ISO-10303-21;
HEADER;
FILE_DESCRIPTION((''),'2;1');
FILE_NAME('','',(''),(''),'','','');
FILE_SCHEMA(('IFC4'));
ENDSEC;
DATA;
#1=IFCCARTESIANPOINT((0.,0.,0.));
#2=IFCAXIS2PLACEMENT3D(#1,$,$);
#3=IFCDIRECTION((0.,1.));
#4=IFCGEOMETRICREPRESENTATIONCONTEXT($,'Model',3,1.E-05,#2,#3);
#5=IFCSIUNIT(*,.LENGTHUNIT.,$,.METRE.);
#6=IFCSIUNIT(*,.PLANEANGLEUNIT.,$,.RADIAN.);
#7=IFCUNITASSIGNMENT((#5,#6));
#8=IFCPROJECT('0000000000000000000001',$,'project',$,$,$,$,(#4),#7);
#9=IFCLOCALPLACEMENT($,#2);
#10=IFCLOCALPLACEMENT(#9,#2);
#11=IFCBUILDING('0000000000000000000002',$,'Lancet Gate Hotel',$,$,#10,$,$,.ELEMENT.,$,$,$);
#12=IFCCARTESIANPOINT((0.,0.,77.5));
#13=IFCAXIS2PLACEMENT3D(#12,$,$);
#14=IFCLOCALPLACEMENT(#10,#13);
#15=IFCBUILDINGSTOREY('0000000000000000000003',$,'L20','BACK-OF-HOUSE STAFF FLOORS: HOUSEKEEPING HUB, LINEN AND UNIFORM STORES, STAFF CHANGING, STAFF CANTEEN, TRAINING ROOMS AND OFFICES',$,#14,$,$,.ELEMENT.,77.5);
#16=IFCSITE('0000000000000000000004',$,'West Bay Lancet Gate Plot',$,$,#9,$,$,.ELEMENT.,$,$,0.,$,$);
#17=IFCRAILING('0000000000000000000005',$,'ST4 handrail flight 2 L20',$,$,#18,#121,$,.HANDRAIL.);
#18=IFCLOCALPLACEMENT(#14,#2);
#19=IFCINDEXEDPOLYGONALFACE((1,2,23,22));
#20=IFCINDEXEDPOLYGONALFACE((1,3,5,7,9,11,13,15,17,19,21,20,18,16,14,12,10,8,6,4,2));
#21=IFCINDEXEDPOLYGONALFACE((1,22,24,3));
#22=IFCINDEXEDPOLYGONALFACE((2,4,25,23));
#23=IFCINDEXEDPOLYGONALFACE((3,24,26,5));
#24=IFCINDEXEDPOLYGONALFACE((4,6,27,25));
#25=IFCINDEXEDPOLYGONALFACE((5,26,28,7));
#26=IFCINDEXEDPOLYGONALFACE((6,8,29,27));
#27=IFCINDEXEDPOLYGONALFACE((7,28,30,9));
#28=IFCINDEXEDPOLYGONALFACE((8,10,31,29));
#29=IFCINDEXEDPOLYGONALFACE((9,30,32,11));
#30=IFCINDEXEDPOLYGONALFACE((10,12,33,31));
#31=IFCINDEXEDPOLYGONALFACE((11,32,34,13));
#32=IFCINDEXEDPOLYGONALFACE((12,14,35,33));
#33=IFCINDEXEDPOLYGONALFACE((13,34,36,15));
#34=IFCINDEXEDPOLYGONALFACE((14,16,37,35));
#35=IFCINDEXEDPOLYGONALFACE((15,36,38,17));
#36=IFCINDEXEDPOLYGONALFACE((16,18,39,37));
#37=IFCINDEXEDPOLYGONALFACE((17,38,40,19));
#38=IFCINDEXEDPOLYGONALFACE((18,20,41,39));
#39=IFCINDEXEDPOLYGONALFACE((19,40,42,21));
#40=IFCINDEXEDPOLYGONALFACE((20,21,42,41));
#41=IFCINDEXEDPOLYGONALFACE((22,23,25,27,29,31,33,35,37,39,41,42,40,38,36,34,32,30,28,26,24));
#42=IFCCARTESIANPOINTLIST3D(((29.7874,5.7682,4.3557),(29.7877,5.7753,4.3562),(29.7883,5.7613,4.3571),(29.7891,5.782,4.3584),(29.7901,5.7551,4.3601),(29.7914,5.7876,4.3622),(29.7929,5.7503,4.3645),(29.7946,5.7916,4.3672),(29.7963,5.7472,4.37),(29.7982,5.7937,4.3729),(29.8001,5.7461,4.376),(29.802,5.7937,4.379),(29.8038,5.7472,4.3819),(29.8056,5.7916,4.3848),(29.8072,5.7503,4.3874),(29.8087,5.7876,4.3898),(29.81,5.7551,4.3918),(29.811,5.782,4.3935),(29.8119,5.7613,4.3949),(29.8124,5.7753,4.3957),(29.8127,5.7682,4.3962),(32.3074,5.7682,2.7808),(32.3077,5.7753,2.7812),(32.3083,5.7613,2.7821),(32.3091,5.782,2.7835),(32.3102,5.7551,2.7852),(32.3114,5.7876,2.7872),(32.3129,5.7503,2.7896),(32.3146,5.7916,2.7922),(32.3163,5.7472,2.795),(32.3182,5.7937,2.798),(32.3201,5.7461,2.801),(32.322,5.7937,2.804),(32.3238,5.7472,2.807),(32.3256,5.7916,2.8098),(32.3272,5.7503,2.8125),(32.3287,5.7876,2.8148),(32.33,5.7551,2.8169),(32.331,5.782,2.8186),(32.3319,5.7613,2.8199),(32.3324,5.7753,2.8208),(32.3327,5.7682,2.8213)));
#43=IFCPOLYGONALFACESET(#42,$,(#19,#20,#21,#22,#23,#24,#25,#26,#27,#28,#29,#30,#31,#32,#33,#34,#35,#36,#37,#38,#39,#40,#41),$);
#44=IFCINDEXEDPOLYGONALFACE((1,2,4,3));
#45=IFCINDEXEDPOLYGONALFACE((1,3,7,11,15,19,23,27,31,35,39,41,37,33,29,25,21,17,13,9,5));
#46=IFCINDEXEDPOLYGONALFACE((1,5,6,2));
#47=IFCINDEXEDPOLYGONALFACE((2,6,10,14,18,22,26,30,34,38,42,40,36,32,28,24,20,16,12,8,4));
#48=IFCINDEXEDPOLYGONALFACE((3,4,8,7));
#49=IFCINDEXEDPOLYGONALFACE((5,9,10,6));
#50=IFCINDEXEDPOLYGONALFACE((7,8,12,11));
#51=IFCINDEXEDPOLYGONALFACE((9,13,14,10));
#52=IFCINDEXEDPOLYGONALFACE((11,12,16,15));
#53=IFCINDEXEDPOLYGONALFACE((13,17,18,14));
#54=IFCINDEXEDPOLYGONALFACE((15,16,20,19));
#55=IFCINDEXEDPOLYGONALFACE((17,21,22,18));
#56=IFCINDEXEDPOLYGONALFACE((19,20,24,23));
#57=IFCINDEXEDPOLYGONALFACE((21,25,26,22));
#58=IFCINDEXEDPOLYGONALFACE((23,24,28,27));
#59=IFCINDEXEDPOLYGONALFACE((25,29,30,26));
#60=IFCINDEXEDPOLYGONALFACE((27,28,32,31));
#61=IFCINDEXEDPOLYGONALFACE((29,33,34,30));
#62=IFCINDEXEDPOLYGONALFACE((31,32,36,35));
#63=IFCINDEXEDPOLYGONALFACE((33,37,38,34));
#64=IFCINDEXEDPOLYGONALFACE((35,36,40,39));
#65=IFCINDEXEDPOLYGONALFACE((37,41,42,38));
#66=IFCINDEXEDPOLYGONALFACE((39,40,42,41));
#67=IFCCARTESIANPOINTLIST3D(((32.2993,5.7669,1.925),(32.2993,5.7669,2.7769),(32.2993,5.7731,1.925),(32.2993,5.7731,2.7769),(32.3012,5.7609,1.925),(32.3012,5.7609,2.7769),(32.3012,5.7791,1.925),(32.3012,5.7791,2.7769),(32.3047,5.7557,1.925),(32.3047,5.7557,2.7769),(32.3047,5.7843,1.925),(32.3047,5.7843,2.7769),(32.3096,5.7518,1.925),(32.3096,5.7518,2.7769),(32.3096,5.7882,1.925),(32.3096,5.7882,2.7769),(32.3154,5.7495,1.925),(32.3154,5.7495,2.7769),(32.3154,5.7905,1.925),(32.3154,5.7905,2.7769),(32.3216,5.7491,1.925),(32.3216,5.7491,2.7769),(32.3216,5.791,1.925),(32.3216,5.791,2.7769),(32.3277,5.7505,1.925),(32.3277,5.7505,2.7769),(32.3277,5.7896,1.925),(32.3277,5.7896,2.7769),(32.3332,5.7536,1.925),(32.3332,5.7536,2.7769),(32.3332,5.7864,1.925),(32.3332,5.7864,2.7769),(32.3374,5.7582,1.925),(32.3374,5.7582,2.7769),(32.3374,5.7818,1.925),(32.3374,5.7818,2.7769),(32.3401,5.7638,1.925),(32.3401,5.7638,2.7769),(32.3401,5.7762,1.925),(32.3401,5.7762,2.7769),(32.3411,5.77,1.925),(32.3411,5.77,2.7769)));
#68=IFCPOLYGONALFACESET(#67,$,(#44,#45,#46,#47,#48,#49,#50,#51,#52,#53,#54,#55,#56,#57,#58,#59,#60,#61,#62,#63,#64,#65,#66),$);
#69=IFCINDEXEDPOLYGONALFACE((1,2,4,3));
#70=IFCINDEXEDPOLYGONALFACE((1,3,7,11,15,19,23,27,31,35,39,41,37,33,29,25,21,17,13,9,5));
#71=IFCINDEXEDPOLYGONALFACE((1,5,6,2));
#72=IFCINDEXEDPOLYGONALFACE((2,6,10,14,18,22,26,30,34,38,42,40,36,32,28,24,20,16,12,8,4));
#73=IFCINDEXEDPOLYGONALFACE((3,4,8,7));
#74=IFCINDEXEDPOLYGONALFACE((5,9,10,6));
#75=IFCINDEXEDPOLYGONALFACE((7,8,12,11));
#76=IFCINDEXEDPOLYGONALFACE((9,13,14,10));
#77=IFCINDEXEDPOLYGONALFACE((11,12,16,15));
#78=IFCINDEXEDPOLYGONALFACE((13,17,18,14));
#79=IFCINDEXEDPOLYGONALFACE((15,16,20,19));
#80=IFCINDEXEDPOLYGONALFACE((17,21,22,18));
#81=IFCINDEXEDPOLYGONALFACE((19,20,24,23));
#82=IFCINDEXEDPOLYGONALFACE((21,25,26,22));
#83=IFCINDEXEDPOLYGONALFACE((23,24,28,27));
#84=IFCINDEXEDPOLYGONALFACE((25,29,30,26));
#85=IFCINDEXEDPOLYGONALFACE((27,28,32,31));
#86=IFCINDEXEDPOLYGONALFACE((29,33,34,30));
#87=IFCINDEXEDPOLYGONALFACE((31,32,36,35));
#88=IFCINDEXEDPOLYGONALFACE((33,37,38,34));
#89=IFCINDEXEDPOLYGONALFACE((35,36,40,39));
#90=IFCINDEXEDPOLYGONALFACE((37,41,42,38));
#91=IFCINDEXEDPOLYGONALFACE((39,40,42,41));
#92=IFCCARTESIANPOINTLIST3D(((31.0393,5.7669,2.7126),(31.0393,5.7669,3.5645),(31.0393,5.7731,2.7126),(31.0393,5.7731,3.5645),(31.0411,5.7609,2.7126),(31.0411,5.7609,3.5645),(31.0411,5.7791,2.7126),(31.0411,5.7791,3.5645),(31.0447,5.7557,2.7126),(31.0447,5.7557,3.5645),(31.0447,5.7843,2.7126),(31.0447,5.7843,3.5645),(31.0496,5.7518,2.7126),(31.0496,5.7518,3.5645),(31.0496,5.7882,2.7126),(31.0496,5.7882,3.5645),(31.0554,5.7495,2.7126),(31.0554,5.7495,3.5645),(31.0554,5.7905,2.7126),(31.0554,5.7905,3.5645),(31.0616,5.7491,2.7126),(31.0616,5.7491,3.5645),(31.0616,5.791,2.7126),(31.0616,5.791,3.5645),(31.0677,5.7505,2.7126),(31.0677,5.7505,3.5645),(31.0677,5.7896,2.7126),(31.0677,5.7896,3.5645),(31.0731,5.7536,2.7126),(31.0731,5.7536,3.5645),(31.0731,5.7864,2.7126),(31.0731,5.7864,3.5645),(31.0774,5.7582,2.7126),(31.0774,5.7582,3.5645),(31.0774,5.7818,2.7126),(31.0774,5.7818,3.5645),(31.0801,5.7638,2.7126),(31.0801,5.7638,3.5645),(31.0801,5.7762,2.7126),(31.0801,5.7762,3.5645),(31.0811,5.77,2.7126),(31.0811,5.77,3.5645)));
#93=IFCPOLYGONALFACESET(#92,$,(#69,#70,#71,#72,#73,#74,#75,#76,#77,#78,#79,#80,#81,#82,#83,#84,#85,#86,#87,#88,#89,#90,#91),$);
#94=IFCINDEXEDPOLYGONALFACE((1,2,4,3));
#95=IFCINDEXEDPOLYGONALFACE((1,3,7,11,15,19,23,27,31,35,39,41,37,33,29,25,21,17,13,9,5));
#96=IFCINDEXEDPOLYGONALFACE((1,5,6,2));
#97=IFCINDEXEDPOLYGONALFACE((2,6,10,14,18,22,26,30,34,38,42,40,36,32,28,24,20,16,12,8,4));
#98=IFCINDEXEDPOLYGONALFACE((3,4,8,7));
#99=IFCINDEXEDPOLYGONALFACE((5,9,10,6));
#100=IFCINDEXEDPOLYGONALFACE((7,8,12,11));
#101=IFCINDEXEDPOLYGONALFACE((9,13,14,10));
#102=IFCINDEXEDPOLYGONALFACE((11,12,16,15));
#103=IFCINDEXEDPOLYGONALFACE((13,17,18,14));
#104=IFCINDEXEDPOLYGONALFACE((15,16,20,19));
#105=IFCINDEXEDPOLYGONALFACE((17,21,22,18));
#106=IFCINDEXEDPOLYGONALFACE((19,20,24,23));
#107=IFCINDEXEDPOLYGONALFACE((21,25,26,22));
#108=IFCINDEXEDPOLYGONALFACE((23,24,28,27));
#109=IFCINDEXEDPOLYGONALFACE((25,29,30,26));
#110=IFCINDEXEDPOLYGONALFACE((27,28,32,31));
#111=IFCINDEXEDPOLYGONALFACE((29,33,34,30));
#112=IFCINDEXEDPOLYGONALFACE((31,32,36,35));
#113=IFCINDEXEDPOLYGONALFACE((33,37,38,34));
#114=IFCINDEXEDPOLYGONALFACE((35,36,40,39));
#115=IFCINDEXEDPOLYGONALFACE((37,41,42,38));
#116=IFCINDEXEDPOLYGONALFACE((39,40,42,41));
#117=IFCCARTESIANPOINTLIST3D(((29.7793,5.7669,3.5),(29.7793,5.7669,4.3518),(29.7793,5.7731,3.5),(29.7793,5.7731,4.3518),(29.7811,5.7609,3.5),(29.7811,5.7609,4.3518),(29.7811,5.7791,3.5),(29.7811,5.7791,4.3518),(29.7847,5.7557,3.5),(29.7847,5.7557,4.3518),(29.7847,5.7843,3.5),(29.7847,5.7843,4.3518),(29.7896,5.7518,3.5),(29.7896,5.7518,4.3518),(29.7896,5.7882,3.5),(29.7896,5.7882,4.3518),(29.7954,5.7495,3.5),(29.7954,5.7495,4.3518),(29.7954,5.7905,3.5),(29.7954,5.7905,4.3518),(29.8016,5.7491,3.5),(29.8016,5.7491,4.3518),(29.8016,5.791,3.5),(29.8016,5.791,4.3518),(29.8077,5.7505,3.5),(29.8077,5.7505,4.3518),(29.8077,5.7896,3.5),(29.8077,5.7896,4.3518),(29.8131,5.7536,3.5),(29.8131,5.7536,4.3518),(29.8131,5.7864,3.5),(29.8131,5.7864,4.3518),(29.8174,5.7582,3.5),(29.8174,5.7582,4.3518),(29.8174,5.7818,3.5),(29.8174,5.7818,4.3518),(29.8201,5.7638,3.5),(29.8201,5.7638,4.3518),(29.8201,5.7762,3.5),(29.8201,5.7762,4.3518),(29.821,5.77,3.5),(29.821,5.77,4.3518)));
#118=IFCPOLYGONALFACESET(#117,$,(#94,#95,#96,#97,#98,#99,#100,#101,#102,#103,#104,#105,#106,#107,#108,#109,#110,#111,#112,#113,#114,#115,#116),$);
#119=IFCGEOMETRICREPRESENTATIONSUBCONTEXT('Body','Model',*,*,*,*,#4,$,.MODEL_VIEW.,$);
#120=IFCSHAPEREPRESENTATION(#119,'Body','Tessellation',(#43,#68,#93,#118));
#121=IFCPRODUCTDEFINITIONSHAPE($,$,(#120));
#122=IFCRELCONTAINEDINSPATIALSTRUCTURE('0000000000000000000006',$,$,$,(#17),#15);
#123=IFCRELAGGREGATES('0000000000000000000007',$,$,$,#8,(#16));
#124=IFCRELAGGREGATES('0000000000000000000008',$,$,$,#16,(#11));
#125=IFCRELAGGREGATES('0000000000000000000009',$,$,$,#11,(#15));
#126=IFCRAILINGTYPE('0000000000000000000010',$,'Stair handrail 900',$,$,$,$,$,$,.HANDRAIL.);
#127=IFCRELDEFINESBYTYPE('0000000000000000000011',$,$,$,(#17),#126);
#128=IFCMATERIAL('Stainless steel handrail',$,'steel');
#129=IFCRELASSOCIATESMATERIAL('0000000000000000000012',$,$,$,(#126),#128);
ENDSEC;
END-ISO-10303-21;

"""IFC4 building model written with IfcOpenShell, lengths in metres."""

from ifc_helpers import new_model, si_unit, direction, frame, origin, origin_2d, place, context, subcontext, project, spatial, circle, extrude, material, type_object, element, save


model = new_model("IFC4")

# Units and contexts
model_context = context("Model", 3, precision=1e-05, world=origin(), true_north=direction((0.0, 1.0)))
body_context = subcontext(model_context, "Body", "Model", "MODEL_VIEW")
ifc_project = project(units=[si_unit("LENGTHUNIT", "METRE"), si_unit("PLANEANGLEUNIT", "RADIAN")], contexts=[model_context])

# Site, building, storey
site_placement = place(None, origin())
site = spatial("IfcSite", under=ifc_project, at=site_placement, Name="West Bay Lancet Gate Plot", CompositionType="ELEMENT", RefElevation=0.0)
building_placement = place(site_placement, origin())
building = spatial("IfcBuilding", under=site, at=building_placement, Name="Lancet Gate Hotel", CompositionType="ELEMENT")
storey_placement = place(building_placement, frame((0.0, 0.0, 77.5)))
storey = spatial("IfcBuildingStorey", under=building, at=storey_placement, Name="L20", Description="BACK-OF-HOUSE STAFF FLOORS: HOUSEKEEPING HUB, LINEN AND UNIFORM STORES, STAFF CHANGING, STAFF CANTEEN, TRAINING ROOMS AND OFFICES", CompositionType="ELEMENT", Elevation=77.5)

# Railing
ifc_material_1 = material(Name="Stainless steel handrail", Category="steel")
railing_type = type_object("IfcRailingType", Name="Stair handrail 900", PredefinedType="HANDRAIL", material=ifc_material_1)
railing_1_placement = place(storey_placement, frame((32.3201, 5.77, 1.925)))
element("IfcRailing", 1, at=railing_1_placement, inside=storey, type_object=railing_type, Name="ST4 handrail flight 2 L20", PredefinedType="HANDRAIL", context=body_context, shape_type="SweptSolid", body=[
    extrude(circle(Radius=0.0239, at=origin_2d()), frame((0.0, 0.0, 0.876), z_axis=(-0.848008, 0.0, 0.529984), x_axis=(0.0, -1.0, 0.0)), (0.0, 0.0, 1.0), 2.9717),
    extrude(circle(Radius=0.021, at=origin_2d()), origin(), (0.0, 0.0, 1.0), 0.8518),
    extrude(circle(Radius=0.021, at=origin_2d()), frame((-1.26, 0.0, 0.7876)), (0.0, 0.0, 1.0), 0.8518),
    extrude(circle(Radius=0.021, at=origin_2d()), frame((-2.52, 0.0, 1.575)), (0.0, 0.0, 1.0), 0.8518),
])

save(model, "model.ifc")
